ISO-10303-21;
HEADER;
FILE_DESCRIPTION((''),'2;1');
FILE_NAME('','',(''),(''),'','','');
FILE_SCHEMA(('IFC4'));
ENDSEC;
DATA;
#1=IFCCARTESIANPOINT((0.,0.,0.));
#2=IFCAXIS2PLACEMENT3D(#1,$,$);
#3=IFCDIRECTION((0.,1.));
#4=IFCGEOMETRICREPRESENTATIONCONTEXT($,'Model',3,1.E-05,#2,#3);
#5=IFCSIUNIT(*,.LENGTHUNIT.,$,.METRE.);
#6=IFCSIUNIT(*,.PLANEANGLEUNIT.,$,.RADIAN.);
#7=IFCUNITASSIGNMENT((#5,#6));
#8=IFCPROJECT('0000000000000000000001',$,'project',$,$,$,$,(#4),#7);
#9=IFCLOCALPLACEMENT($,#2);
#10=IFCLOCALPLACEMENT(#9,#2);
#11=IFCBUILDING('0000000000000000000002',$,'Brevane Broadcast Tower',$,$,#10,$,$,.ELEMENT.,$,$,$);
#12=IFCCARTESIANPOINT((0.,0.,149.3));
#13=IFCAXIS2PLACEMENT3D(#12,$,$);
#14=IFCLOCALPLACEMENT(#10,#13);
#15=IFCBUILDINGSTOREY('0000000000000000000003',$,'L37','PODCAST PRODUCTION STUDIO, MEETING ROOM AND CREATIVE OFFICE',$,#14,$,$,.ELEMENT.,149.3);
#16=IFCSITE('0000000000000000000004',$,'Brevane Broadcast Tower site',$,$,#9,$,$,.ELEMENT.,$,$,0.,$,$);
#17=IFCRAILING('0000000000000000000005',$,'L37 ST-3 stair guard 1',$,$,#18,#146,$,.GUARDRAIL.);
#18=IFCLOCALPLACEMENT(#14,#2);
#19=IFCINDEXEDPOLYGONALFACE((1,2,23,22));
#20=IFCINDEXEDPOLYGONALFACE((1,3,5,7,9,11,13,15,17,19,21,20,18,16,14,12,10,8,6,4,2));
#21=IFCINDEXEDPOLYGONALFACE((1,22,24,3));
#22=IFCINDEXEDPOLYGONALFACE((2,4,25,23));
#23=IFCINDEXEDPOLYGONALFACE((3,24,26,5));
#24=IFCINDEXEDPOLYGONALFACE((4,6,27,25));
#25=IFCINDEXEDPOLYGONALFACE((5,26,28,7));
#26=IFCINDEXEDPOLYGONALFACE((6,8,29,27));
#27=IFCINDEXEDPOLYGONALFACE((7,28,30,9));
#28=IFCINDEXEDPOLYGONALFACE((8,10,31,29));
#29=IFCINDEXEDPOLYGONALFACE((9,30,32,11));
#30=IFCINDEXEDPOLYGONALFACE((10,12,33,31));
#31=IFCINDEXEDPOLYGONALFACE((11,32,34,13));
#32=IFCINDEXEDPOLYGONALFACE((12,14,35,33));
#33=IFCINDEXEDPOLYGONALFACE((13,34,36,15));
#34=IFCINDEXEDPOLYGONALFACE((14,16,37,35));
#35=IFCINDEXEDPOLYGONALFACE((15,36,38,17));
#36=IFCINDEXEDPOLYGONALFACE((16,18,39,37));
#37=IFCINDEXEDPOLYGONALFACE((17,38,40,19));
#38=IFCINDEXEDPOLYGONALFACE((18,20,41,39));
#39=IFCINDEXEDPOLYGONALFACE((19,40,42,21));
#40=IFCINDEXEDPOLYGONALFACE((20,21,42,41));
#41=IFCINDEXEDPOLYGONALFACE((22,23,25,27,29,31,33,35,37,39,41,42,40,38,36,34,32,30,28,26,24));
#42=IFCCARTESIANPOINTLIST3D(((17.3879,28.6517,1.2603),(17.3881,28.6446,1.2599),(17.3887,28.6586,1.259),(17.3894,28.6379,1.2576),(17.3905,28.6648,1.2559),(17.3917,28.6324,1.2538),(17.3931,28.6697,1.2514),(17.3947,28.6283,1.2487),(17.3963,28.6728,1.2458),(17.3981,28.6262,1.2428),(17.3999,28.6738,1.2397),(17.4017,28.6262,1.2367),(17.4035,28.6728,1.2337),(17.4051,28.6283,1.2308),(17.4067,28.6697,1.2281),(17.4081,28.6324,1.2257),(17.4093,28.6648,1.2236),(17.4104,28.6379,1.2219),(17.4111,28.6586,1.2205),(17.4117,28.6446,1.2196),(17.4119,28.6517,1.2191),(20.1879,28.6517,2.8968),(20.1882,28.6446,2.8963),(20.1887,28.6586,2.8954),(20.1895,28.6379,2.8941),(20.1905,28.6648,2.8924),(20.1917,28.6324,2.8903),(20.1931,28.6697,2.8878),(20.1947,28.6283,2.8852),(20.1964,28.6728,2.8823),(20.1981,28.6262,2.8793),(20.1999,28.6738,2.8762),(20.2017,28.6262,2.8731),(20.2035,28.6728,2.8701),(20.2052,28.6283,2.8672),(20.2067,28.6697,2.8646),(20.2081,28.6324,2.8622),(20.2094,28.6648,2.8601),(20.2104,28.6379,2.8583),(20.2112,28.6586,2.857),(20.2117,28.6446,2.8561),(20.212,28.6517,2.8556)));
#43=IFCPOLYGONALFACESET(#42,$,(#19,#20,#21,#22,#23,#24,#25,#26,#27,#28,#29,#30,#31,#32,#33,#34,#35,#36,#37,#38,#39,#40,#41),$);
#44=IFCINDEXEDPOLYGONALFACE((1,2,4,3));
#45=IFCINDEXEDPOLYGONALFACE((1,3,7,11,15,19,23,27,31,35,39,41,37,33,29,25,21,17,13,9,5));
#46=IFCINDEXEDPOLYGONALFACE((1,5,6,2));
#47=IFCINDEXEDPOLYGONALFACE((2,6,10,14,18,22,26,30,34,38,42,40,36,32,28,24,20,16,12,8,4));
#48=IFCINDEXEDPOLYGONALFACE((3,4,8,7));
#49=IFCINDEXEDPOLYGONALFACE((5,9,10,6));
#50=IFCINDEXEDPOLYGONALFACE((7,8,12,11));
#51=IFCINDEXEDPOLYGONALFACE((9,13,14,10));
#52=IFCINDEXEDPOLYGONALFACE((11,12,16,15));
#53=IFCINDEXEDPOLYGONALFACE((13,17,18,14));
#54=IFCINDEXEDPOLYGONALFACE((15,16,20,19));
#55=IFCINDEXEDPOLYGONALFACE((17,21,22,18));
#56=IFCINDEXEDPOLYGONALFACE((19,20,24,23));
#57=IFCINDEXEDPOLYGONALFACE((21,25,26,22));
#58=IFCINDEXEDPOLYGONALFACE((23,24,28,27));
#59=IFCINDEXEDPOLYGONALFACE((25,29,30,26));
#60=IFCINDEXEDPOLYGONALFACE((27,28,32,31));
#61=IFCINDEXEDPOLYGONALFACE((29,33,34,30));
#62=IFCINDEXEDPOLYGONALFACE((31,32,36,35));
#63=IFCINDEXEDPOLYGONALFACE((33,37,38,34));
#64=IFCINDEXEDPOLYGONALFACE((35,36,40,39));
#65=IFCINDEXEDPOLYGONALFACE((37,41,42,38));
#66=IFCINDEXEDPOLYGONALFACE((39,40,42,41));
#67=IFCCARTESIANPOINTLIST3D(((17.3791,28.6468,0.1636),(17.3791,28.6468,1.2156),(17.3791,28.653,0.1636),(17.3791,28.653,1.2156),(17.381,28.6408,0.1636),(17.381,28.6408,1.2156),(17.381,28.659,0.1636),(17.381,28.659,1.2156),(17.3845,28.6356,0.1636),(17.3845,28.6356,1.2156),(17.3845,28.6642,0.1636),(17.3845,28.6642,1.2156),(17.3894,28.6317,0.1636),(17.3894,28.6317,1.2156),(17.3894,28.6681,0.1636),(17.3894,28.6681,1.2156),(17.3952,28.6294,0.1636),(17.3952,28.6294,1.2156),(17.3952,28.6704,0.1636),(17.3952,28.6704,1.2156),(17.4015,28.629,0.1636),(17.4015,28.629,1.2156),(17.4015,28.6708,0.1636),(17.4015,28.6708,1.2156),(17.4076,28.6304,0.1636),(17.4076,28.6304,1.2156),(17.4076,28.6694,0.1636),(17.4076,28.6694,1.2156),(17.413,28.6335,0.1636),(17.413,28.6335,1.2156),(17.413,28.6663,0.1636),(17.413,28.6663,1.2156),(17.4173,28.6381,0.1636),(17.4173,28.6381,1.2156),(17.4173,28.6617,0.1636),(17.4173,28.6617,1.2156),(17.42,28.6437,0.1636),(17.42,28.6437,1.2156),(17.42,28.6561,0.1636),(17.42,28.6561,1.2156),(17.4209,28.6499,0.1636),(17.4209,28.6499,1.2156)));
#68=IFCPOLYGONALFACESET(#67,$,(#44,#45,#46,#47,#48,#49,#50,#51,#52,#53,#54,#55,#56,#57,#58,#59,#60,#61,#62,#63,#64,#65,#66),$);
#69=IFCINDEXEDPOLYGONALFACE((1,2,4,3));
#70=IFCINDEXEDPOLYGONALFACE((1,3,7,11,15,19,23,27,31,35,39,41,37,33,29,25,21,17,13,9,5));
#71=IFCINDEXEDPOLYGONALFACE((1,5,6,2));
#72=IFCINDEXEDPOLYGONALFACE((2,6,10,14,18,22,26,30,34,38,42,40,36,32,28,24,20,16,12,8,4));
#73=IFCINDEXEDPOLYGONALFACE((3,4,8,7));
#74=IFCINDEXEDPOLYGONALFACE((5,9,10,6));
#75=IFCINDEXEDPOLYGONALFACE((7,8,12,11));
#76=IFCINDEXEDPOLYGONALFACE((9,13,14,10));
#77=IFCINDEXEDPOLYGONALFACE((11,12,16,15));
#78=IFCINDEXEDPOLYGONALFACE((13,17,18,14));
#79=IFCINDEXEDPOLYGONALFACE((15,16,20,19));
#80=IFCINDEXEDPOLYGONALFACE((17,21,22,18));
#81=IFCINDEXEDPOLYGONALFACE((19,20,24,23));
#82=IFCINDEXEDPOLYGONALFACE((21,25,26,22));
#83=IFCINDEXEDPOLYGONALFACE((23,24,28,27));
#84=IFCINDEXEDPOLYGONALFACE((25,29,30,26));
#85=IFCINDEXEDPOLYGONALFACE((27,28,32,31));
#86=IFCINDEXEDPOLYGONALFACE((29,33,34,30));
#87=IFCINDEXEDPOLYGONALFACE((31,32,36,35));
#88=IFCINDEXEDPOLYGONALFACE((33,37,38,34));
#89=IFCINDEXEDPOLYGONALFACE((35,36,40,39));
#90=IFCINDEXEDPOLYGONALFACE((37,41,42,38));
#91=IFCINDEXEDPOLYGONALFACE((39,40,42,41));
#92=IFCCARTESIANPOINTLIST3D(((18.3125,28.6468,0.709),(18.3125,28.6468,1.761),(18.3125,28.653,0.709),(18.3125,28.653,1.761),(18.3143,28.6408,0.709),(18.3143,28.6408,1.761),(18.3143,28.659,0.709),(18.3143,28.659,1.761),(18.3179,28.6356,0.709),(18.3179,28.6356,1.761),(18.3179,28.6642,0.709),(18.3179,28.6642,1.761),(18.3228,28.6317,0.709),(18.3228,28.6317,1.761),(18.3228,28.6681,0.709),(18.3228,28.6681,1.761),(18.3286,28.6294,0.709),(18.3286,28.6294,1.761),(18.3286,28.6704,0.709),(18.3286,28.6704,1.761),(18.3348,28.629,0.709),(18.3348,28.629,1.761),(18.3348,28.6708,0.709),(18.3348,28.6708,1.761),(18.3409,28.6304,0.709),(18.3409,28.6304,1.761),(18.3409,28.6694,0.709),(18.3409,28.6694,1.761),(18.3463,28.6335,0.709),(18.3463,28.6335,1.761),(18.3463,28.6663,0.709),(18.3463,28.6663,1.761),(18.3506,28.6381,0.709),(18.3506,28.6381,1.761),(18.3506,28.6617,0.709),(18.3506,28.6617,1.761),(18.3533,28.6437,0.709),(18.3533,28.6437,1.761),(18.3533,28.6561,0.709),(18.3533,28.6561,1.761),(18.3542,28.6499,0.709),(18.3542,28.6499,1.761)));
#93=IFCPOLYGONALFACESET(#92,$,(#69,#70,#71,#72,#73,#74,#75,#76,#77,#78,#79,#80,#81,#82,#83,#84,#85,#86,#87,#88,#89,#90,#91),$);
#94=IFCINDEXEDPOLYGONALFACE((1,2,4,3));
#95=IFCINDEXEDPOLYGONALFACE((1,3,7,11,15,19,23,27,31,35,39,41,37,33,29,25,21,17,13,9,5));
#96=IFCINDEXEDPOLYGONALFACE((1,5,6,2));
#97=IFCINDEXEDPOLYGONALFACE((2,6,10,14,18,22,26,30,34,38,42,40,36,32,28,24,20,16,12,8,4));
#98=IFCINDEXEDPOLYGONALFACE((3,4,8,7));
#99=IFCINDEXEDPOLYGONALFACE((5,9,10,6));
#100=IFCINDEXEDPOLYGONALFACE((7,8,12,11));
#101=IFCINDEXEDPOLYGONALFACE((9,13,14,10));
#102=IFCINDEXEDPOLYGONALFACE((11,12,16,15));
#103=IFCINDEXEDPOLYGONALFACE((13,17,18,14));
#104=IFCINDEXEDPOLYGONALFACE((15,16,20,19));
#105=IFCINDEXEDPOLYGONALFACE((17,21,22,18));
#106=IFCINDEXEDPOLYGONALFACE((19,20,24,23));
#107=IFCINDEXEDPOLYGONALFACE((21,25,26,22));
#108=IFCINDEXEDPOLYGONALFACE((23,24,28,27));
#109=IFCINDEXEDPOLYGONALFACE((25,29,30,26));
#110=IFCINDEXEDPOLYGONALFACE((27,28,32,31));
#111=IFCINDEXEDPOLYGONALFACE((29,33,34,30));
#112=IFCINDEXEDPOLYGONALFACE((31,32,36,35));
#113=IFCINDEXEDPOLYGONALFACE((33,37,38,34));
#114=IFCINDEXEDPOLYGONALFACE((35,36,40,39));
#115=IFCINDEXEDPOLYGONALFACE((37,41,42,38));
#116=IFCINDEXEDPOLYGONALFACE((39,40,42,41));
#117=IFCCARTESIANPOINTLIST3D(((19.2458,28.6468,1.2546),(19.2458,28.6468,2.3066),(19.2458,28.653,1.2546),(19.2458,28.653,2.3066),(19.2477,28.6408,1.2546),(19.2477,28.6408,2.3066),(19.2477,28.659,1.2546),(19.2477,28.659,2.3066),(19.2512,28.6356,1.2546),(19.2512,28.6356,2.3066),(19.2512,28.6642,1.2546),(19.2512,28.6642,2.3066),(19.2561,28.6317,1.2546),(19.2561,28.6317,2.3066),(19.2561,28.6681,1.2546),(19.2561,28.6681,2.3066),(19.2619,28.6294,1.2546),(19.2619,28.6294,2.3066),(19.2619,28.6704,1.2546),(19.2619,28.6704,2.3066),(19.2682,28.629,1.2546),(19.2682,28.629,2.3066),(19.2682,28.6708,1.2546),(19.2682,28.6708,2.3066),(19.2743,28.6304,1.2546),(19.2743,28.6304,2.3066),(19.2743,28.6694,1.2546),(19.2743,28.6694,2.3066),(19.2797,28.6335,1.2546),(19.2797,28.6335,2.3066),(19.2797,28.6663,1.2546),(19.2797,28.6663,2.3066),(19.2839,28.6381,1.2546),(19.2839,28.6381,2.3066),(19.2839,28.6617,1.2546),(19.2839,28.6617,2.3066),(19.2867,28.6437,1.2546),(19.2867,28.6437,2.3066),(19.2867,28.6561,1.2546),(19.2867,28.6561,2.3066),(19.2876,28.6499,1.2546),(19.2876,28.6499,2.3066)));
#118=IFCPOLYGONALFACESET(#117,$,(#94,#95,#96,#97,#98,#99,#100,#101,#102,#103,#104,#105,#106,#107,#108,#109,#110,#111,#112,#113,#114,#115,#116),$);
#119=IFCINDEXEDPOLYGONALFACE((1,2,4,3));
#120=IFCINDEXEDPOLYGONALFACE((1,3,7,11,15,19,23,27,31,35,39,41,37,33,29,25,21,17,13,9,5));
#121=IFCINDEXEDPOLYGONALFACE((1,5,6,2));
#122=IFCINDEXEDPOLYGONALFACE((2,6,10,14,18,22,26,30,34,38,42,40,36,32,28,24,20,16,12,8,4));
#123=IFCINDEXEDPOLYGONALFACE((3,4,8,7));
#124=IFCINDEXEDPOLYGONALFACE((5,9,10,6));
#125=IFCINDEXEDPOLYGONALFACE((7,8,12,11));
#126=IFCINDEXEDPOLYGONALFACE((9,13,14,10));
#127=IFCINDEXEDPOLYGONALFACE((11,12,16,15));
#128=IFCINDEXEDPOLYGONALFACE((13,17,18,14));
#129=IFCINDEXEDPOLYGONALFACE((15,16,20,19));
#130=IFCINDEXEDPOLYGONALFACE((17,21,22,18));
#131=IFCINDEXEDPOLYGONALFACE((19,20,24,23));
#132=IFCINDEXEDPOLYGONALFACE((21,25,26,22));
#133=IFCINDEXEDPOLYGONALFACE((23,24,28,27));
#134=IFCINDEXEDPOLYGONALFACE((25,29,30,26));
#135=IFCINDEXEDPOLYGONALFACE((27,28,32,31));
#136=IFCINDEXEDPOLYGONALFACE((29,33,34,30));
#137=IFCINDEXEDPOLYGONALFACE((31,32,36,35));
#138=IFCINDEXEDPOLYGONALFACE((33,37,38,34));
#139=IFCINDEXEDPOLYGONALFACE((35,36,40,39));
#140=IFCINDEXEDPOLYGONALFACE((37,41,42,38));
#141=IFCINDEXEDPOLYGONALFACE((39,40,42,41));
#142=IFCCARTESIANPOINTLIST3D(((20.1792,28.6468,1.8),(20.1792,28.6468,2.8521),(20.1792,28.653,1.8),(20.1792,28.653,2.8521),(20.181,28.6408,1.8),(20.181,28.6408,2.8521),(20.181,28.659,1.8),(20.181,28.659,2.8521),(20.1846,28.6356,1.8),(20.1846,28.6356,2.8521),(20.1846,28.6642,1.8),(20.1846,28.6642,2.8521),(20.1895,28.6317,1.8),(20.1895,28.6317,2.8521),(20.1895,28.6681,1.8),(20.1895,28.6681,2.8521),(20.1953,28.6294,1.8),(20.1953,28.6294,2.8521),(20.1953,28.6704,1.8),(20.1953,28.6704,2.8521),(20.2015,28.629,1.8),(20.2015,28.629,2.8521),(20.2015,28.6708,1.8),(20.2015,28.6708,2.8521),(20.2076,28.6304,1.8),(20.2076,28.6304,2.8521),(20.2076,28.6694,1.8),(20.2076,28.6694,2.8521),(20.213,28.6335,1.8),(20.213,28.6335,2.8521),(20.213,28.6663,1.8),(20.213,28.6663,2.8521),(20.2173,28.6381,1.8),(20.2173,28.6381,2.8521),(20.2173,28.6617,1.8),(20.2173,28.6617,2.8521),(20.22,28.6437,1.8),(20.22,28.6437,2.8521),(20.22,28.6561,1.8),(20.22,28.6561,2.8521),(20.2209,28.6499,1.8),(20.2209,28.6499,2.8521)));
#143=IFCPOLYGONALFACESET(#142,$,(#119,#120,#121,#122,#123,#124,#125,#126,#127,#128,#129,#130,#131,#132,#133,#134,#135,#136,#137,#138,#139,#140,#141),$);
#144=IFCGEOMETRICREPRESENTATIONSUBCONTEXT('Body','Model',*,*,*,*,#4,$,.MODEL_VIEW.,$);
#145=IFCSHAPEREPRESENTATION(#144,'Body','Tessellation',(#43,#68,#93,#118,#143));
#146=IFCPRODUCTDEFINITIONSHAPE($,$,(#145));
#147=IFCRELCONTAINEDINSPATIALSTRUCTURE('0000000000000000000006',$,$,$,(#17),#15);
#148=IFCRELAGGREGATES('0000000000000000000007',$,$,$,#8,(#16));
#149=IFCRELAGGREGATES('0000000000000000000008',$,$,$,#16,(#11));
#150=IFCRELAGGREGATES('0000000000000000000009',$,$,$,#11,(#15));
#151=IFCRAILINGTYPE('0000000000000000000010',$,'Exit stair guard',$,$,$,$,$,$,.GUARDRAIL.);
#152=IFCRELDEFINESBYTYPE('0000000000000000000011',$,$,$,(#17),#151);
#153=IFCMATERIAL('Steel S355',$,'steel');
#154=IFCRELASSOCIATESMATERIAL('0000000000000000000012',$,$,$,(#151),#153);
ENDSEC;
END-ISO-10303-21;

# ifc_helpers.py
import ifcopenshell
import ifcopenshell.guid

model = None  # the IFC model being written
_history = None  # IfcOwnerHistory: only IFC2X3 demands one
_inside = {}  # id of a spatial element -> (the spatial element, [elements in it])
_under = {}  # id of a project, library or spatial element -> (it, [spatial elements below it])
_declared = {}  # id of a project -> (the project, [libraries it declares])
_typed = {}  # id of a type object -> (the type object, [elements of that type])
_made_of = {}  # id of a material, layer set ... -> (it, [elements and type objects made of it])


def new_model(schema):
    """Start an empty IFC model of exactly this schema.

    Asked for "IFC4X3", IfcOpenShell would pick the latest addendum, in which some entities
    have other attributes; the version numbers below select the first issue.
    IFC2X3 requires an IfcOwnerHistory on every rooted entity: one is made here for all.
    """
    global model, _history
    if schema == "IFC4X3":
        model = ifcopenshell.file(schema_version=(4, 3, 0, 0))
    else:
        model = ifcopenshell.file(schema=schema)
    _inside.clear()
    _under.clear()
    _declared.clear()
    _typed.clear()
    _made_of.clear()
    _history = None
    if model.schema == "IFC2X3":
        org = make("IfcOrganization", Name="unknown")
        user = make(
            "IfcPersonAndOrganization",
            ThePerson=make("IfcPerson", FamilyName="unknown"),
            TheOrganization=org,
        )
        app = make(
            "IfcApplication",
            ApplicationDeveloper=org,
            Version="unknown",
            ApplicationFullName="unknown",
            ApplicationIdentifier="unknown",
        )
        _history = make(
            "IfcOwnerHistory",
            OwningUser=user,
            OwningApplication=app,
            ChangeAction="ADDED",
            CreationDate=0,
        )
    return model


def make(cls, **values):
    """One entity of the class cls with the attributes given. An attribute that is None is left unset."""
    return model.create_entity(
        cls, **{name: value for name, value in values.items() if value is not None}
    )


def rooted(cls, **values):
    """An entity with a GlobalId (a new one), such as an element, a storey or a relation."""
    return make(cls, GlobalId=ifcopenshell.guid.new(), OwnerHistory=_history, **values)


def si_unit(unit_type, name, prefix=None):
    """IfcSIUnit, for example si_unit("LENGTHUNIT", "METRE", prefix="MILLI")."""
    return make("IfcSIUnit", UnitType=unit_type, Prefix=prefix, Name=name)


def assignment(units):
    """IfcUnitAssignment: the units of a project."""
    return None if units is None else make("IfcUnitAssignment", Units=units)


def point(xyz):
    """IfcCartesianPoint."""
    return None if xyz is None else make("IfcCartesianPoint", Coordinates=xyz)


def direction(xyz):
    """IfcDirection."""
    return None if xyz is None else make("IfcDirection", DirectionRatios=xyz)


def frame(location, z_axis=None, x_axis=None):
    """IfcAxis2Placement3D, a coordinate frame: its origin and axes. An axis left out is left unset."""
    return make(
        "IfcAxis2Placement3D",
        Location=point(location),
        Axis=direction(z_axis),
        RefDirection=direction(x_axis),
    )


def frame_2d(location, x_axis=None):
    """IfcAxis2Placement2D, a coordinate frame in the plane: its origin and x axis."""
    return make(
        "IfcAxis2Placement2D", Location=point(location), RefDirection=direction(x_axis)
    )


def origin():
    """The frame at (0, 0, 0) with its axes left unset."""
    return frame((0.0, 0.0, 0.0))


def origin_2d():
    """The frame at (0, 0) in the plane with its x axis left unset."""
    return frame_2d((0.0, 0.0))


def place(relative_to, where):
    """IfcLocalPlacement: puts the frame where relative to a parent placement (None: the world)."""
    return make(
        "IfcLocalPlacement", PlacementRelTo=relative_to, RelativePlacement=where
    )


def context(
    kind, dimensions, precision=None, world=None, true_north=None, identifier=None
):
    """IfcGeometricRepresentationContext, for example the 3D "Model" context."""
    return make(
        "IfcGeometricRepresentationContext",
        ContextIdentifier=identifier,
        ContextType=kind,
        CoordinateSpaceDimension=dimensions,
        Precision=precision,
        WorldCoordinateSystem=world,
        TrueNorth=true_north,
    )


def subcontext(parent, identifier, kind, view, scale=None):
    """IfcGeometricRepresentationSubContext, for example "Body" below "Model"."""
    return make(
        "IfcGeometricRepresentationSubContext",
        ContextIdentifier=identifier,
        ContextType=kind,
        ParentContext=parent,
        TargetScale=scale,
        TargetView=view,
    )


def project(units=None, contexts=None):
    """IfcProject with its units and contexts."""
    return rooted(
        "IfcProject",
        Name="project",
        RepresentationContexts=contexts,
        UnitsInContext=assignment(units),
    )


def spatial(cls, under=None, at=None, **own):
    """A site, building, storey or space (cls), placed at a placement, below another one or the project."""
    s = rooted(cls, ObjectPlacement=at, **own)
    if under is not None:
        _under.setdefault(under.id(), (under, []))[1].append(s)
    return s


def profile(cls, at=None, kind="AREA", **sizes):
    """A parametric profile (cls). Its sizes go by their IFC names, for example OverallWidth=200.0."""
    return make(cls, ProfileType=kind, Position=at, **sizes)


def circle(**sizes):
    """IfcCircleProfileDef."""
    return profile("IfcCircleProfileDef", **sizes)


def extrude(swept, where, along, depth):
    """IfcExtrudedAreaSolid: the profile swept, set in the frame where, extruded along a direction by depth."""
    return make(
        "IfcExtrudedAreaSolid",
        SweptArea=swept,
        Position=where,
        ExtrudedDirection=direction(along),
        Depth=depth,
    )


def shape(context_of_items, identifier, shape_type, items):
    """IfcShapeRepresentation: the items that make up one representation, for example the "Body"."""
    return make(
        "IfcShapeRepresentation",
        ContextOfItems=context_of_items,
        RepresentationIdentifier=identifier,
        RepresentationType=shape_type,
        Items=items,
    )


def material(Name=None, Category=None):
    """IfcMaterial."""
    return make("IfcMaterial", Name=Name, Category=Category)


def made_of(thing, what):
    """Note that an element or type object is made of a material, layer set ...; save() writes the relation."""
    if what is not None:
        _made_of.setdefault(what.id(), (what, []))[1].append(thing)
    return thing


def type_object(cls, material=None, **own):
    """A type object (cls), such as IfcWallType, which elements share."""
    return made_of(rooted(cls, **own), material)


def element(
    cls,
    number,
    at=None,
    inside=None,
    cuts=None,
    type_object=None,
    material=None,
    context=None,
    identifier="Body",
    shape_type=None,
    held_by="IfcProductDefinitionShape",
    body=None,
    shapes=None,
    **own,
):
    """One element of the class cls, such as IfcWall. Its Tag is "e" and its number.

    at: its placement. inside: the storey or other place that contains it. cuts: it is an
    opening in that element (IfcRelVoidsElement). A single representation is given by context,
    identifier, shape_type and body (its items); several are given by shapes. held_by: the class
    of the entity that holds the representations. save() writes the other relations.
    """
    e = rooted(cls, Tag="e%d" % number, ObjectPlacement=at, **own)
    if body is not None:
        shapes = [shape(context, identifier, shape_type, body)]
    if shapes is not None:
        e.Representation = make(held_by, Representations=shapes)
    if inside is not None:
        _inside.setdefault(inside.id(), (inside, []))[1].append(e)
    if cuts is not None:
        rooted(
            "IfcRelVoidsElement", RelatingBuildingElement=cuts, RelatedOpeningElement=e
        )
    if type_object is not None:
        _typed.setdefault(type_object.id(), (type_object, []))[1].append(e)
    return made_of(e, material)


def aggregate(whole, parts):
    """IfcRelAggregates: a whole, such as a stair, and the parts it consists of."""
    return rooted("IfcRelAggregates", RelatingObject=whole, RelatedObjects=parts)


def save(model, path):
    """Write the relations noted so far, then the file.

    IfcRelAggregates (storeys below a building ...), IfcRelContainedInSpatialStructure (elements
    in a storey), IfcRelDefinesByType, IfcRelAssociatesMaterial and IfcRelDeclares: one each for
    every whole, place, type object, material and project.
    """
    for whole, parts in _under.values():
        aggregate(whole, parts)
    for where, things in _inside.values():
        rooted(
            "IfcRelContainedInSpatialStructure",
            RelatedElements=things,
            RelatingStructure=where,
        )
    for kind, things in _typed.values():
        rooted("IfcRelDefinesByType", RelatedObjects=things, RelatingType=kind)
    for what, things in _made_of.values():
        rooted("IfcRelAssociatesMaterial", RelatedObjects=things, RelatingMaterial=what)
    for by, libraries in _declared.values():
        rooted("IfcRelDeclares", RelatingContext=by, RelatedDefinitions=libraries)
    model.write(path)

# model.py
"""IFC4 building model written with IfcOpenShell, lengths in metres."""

from ifc_helpers import new_model, si_unit, direction, frame, origin, origin_2d, place, context, subcontext, project, spatial, circle, extrude, material, type_object, element, save


model = new_model("IFC4")

# Units and contexts
model_context = context("Model", 3, precision=1e-05, world=origin(), true_north=direction((0.0, 1.0)))
body_context = subcontext(model_context, "Body", "Model", "MODEL_VIEW")
ifc_project = project(units=[si_unit("LENGTHUNIT", "METRE"), si_unit("PLANEANGLEUNIT", "RADIAN")], contexts=[model_context])

# Site, building, storey
site_placement = place(None, origin())
site = spatial("IfcSite", under=ifc_project, at=site_placement, Name="Brevane Broadcast Tower site", CompositionType="ELEMENT", RefElevation=0.0)
building_placement = place(site_placement, origin())
building = spatial("IfcBuilding", under=site, at=building_placement, Name="Brevane Broadcast Tower", CompositionType="ELEMENT")
storey_placement = place(building_placement, frame((0.0, 0.0, 149.3)))
storey = spatial("IfcBuildingStorey", under=building, at=storey_placement, Name="L37", Description="PODCAST PRODUCTION STUDIO, MEETING ROOM AND CREATIVE OFFICE", CompositionType="ELEMENT", Elevation=149.3)

# Railing
ifc_material_1 = material(Name="Steel S355", Category="steel")
railing_type_1 = type_object("IfcRailingType", Name="Exit stair guard", PredefinedType="GUARDRAIL", material=ifc_material_1)
railing_1_placement = place(storey_placement, frame((17.3999, 28.6499, 0.1636)))
element("IfcRailing", 1, at=railing_1_placement, inside=storey, type_object=railing_type_1, Name="L37 ST-3 stair guard 1", PredefinedType="GUARDRAIL", context=body_context, shape_type="SweptSolid", body=[
    extrude(circle(Radius=0.0239, at=origin_2d()), frame((0.0, 0.0, 1.0762), z_axis=(0.863361, 0.0, 0.504587), x_axis=(0.0, 1.0, 0.0)), (0.0, 0.0, 1.0), 3.2432),
    extrude(circle(Radius=0.021, at=origin_2d()), origin(), (0.0, 0.0, 1.0), 1.052),
    extrude(circle(Radius=0.021, at=origin_2d()), frame((0.9333, 0.0, 0.5454)), (0.0, 0.0, 1.0), 1.052),
    extrude(circle(Radius=0.021, at=origin_2d()), frame((1.8667, 0.0, 1.0911)), (0.0, 0.0, 1.0), 1.052),
    extrude(circle(Radius=0.021, at=origin_2d()), frame((2.8, 0.0, 1.6365)), (0.0, 0.0, 1.0), 1.052),
])

save(model, "model.ifc")
